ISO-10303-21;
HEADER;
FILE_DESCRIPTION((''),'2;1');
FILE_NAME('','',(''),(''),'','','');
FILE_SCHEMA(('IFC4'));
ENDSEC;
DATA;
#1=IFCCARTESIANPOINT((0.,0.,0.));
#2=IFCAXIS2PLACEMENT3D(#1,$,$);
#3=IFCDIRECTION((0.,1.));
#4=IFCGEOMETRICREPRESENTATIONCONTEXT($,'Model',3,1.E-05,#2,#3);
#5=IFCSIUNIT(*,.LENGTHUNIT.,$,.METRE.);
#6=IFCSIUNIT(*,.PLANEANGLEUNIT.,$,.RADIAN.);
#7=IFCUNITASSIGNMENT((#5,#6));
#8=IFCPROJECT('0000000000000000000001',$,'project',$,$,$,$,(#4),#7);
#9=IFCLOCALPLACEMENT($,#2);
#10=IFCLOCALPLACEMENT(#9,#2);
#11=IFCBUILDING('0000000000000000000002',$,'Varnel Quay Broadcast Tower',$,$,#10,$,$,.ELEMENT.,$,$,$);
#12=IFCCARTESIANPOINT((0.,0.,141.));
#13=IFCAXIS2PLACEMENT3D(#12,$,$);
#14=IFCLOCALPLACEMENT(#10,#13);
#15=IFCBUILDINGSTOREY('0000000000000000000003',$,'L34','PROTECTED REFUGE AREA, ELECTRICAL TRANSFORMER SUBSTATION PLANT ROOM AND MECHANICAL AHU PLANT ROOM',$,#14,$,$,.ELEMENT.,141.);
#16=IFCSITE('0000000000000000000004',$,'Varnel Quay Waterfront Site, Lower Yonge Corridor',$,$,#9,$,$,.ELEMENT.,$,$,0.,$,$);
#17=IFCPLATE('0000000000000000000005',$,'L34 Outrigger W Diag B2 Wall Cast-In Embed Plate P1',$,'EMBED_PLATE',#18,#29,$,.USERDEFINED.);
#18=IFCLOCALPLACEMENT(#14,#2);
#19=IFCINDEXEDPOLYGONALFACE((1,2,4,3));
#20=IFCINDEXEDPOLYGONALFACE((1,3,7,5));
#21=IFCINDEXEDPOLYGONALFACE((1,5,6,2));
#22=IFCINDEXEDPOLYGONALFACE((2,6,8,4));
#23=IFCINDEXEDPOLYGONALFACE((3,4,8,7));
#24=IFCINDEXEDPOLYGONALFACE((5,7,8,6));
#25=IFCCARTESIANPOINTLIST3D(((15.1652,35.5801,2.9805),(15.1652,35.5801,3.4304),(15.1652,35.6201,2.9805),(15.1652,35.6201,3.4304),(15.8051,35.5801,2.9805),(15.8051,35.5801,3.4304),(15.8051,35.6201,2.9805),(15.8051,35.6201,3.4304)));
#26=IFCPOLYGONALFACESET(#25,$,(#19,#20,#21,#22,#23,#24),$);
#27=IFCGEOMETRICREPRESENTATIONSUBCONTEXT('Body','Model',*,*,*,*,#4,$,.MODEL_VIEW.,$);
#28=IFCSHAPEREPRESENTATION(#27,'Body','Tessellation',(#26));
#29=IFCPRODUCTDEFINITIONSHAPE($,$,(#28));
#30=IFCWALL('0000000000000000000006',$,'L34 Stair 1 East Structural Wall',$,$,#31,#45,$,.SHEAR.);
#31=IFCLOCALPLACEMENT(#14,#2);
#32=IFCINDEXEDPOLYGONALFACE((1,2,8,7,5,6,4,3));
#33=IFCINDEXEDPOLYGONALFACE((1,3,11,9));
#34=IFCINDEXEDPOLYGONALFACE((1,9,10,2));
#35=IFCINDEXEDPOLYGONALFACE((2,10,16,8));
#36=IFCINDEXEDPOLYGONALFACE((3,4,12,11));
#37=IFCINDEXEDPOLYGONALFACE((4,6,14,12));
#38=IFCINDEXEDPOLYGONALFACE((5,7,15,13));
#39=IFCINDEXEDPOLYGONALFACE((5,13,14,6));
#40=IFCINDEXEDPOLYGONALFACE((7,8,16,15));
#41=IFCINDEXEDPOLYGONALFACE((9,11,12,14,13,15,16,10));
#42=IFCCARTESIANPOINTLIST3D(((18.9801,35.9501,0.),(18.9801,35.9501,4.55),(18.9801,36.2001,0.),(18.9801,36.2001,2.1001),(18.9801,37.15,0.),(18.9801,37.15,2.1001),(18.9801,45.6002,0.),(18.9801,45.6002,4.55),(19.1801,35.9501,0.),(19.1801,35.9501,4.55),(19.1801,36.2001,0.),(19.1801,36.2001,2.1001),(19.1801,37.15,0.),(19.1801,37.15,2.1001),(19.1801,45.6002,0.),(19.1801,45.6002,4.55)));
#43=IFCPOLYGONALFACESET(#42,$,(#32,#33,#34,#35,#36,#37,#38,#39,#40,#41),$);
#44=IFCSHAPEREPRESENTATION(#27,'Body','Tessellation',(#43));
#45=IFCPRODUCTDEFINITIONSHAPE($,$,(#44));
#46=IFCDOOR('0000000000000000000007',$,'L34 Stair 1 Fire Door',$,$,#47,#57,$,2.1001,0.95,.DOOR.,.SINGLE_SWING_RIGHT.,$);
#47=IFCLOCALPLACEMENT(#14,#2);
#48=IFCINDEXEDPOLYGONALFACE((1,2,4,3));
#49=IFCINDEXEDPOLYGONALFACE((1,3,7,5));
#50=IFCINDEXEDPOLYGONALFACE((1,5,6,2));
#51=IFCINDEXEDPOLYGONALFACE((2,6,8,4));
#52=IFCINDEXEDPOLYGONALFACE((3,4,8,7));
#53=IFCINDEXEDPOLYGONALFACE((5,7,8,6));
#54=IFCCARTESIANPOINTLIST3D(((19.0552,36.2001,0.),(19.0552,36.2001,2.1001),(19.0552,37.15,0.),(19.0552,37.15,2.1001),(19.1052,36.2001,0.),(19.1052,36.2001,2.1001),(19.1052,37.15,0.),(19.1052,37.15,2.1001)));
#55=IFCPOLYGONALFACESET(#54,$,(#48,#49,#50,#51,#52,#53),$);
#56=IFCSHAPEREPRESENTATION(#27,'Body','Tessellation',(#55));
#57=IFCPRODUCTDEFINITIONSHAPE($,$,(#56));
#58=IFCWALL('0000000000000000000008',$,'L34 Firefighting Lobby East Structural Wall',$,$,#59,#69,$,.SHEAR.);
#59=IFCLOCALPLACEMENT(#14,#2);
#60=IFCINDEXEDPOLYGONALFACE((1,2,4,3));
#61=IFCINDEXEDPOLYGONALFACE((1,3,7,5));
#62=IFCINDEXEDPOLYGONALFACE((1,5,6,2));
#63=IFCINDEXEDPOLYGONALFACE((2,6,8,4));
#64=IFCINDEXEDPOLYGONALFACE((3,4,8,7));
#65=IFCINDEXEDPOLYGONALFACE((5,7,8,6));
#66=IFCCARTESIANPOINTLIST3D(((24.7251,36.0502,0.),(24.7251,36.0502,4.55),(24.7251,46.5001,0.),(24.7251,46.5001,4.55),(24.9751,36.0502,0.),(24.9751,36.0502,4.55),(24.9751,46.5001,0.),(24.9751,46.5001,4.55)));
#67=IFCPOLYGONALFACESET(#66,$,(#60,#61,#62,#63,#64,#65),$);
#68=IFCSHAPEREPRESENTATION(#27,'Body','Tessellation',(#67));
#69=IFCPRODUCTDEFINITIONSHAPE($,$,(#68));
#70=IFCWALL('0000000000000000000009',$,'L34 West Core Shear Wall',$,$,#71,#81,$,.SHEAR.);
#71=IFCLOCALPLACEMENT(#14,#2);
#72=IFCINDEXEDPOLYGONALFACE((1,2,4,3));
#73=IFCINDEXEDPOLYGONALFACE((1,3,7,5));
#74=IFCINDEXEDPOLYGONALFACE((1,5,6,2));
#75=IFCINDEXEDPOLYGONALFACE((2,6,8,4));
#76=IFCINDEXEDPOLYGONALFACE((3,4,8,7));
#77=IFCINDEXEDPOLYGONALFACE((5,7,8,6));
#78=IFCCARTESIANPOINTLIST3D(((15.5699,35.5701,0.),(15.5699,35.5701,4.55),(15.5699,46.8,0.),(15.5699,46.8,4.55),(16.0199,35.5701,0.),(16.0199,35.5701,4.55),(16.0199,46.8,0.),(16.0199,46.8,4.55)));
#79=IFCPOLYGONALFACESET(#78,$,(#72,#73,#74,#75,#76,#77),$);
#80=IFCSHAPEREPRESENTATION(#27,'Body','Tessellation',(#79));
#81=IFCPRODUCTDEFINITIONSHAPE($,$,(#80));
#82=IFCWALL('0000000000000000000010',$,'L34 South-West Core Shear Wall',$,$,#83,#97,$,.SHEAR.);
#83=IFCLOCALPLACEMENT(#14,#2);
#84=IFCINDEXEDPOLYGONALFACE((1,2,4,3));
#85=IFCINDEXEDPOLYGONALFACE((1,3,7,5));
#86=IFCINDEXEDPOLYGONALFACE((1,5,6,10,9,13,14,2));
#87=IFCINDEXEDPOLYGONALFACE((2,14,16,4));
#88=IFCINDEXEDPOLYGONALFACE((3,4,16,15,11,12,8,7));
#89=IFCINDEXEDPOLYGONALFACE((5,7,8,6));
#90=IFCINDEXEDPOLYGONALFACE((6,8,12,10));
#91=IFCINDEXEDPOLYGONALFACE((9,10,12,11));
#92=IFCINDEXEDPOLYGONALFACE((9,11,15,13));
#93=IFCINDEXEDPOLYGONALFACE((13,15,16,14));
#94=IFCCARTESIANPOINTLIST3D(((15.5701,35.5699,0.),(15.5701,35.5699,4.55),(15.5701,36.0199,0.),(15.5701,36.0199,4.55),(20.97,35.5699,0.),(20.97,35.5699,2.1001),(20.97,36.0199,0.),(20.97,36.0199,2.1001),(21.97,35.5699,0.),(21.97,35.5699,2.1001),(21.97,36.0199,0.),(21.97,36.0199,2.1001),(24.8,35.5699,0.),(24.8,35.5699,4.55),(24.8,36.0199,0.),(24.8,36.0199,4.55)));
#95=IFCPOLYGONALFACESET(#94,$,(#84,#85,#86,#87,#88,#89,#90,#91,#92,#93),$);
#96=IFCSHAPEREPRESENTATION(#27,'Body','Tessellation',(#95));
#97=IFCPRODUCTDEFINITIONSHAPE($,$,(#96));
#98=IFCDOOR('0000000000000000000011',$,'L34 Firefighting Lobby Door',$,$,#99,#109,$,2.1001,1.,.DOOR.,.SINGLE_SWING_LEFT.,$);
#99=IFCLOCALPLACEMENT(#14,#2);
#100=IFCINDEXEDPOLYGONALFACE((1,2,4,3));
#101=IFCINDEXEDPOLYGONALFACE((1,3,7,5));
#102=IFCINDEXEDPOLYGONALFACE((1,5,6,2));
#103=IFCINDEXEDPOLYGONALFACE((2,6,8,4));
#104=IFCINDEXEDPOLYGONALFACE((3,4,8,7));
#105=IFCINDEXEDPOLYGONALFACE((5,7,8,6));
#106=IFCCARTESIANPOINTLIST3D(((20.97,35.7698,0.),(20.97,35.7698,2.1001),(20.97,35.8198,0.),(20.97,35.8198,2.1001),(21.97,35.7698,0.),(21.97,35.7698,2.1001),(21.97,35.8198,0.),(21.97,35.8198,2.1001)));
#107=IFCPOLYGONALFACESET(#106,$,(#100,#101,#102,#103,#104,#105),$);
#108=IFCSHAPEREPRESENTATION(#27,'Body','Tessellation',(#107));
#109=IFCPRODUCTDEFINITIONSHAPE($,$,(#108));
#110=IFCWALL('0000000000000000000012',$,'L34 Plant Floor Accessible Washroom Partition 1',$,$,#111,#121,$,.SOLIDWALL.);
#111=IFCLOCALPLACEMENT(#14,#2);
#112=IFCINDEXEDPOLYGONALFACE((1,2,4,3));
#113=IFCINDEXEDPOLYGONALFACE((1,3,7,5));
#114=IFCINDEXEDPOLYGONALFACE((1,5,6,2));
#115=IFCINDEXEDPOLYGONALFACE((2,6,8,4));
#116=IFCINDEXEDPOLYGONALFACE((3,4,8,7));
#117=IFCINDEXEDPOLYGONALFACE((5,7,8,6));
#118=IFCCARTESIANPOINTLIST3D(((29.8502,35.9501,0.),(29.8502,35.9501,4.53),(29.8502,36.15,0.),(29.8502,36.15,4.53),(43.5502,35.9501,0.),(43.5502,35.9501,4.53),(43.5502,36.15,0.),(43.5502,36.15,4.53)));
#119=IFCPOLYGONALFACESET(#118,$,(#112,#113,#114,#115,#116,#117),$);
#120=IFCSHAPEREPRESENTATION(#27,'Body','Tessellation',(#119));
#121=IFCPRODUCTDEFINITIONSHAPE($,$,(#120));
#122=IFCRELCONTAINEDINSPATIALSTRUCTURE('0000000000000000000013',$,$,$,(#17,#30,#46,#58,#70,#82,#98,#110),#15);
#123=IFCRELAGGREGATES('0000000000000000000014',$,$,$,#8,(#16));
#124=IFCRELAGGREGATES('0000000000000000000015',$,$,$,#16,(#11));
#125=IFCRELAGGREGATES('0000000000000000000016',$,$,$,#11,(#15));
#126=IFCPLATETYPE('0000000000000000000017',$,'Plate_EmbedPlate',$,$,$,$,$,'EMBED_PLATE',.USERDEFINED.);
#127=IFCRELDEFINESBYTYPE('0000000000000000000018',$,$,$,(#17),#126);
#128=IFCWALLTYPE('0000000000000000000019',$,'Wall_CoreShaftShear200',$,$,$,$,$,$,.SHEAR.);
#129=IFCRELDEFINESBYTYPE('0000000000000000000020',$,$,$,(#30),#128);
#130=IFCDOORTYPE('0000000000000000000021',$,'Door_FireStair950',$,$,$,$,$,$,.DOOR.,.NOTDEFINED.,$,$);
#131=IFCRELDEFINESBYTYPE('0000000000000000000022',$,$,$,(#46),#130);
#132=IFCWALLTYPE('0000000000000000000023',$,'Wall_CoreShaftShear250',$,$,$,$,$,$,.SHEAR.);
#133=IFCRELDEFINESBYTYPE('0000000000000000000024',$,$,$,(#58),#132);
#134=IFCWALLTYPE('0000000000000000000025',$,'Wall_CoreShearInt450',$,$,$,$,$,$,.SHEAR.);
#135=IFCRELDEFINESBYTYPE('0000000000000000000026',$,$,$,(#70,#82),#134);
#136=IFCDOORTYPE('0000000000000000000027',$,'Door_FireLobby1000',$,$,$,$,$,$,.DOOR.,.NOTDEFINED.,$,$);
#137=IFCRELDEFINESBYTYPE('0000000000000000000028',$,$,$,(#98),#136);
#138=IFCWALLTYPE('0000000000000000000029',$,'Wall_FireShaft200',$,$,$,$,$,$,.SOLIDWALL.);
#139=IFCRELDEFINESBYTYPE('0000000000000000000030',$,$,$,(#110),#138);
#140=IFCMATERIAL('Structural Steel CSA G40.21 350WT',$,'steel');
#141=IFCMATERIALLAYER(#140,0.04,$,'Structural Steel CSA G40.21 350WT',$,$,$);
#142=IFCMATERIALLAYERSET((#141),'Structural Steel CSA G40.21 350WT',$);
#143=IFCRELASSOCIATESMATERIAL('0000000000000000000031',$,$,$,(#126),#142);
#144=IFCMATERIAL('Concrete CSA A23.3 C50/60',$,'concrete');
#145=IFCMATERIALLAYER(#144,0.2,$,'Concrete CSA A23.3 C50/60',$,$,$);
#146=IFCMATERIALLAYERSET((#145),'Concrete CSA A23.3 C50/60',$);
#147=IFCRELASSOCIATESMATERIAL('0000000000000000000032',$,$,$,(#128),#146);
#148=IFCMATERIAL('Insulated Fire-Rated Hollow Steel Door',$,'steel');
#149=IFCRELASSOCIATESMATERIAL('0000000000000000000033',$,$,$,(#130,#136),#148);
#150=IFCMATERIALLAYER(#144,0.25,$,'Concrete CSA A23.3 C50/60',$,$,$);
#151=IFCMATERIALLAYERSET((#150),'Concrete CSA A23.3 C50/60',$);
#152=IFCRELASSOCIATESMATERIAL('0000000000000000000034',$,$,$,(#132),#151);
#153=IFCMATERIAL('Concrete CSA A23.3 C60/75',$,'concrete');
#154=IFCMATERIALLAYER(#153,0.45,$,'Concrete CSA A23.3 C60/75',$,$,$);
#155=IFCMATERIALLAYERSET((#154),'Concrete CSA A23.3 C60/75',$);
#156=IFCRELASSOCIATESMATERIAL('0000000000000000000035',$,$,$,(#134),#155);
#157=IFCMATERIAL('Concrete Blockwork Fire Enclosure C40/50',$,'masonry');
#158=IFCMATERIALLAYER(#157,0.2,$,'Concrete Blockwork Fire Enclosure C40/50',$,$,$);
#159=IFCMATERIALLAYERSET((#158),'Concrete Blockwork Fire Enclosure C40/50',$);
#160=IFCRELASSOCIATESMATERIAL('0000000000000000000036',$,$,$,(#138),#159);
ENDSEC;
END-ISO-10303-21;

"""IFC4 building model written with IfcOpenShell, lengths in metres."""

from ifc_helpers import new_model, si_unit, direction, frame, frame_2d, origin, origin_2d, place, context, subcontext, project, spatial, rectangle, extrude, source, transform, mapped, material, layer, layer_set, type_object, type_shapes, element, fill, save


model = new_model("IFC4")

# Units and contexts
model_context = context("Model", 3, precision=1e-05, world=origin(), true_north=direction((0.0, 1.0)))
body_context = subcontext(model_context, "Body", "Model", "MODEL_VIEW")
ifc_project = project(units=[si_unit("LENGTHUNIT", "METRE"), si_unit("PLANEANGLEUNIT", "RADIAN")], contexts=[model_context])

# Site, building, storey
site_placement = place(None, origin())
site = spatial("IfcSite", under=ifc_project, at=site_placement, Name="Varnel Quay Waterfront Site, Lower Yonge Corridor", CompositionType="ELEMENT", RefElevation=0.0)
building_placement = place(site_placement, origin())
building = spatial("IfcBuilding", under=site, at=building_placement, Name="Varnel Quay Broadcast Tower", CompositionType="ELEMENT")
storey_placement = place(building_placement, frame((0.0, 0.0, 141.0)))
storey = spatial("IfcBuildingStorey", under=building, at=storey_placement, Name="L34", Description="PROTECTED REFUGE AREA, ELECTRICAL TRANSFORMER SUBSTATION PLANT ROOM AND MECHANICAL AHU PLANT ROOM", CompositionType="ELEMENT", Elevation=141.0)

# Shared definitions
ifc_material_1 = material(Name="Structural Steel CSA G40.21 350WT", Category="steel")

# Shared definitions
ifc_material_2 = material(Name="Concrete CSA A23.3 C60/75", Category="concrete")

# Plate
ifc_layer_1 = layer(ifc_material_1, 0.04, Name="Structural Steel CSA G40.21 350WT")
ifc_layer_set_1 = layer_set([ifc_layer_1], Name="Structural Steel CSA G40.21 350WT")
plate_type = type_object("IfcPlateType", Name="Plate_EmbedPlate", ElementType="EMBED_PLATE", PredefinedType="USERDEFINED", material=ifc_layer_set_1)
shared_shape_1 = source(origin(), body_context, "Body", "SweptSolid", [
    extrude(rectangle(XDim=0.6399, YDim=0.04, at=origin_2d()), origin(), (0.0, 0.0, 1.0), 0.45),
])
type_shapes(plate_type, [shared_shape_1])
for number, where, z_axis, x_axis, name in (
    (1, (15.4851, 35.6001, 2.9805), (0.0, 0.0, 1.0), (1.0, 0.0, 0.0), "L34 Outrigger W Diag B2 Wall Cast-In Embed Plate P1"),
):
    element("IfcPlate", number, at=place(storey_placement, frame(where, z_axis=z_axis, x_axis=x_axis)), inside=storey, type_object=plate_type, Name=name, ObjectType="EMBED_PLATE", PredefinedType="USERDEFINED", context=body_context, shape_type="MappedRepresentation", body=[
        mapped(shared_shape_1, transform((0.0, 0.0, 0.0), x_axis=(1.0, 0.0, 0.0), y_axis=(0.0, 1.0, 0.0), z_axis=(0.0, 0.0, 1.0), scale=1.0)),
    ])

# Wall, opening, door
ifc_material_3 = material(Name="Concrete CSA A23.3 C50/60", Category="concrete")
ifc_layer_2 = layer(ifc_material_3, 0.2, Name="Concrete CSA A23.3 C50/60")
ifc_layer_set_2 = layer_set([ifc_layer_2], Name="Concrete CSA A23.3 C50/60")
wall_type_1 = type_object("IfcWallType", Name="Wall_CoreShaftShear200", PredefinedType="SHEAR", material=ifc_layer_set_2)
wall_1_placement = place(storey_placement, frame((19.0801, 35.95, 0.0), z_axis=(0.0, 0.0, 1.0), x_axis=(0.0, 1.0, 0.0)))
wall_1 = element("IfcWall", 2, at=wall_1_placement, inside=storey, type_object=wall_type_1, Name="L34 Stair 1 East Structural Wall", PredefinedType="SHEAR", context=body_context, shape_type="SweptSolid", body=[
    extrude(rectangle(XDim=9.6501, YDim=0.2, at=frame_2d((4.8252, 0.0))), origin(), (0.0, 0.0, 1.0), 4.55),
])
opening_1_placement = place(wall_1_placement, frame((0.25, 0.0, 0.0)))
opening_1 = element("IfcOpeningElement", 3, at=opening_1_placement, cuts=wall_1, PredefinedType="OPENING", context=body_context, shape_type="SweptSolid", body=[
    extrude(rectangle(XDim=0.95, YDim=2.1001, at=frame_2d((0.4751, 1.05))), frame((0.0, 0.1099, 0.0), z_axis=(0.0, -1.0, 0.0), x_axis=(1.0, 0.0, 0.0)), (0.0, 0.0, 1.0), 0.22),
])
ifc_material_4 = material(Name="Insulated Fire-Rated Hollow Steel Door", Category="steel")
door_type_1 = type_object("IfcDoorType", Name="Door_FireStair950", OperationType="NOTDEFINED", PredefinedType="DOOR", material=ifc_material_4)
shared_shape_2 = source(origin(), body_context, "Body", "SweptSolid", [
    extrude(rectangle(XDim=0.95, YDim=2.1001, at=frame_2d((0.4751, 1.05))), frame((0.0, 0.0249, 0.0), z_axis=(0.0, -1.0, 0.0), x_axis=(1.0, 0.0, 0.0)), (0.0, 0.0, 1.0), 0.05),
])
type_shapes(door_type_1, [shared_shape_2])
door_1_placement = place(opening_1_placement, origin())
door_1 = element("IfcDoor", 4, at=door_1_placement, inside=storey, type_object=door_type_1, Name="L34 Stair 1 Fire Door", OperationType="SINGLE_SWING_RIGHT", OverallHeight=2.1001, OverallWidth=0.95, PredefinedType="DOOR", context=body_context, shape_type="MappedRepresentation", body=[
    mapped(shared_shape_2, transform((0.0, 0.0, 0.0), x_axis=(1.0, 0.0, 0.0), y_axis=(0.0, 1.0, 0.0), z_axis=(0.0, 0.0, 1.0), scale=1.0)),
])
fill(opening_1, door_1)

# Walls
ifc_layer_3 = layer(ifc_material_3, 0.25, Name="Concrete CSA A23.3 C50/60")
ifc_layer_set_3 = layer_set([ifc_layer_3], Name="Concrete CSA A23.3 C50/60")
wall_type_2 = type_object("IfcWallType", Name="Wall_CoreShaftShear250", PredefinedType="SHEAR", material=ifc_layer_set_3)
wall_2_placement = place(storey_placement, frame((24.8501, 36.05, 0.0), z_axis=(0.0, 0.0, 1.0), x_axis=(0.0, 1.0, 0.0)))
element("IfcWall", 5, at=wall_2_placement, inside=storey, type_object=wall_type_2, Name="L34 Firefighting Lobby East Structural Wall", PredefinedType="SHEAR", context=body_context, shape_type="SweptSolid", body=[
    extrude(rectangle(XDim=10.45, YDim=0.25, at=frame_2d((5.2251, 0.0))), origin(), (0.0, 0.0, 1.0), 4.55),
])
ifc_layer_4 = layer(ifc_material_2, 0.45, Name="Concrete CSA A23.3 C60/75")
ifc_layer_set_4 = layer_set([ifc_layer_4], Name="Concrete CSA A23.3 C60/75")
wall_type_3 = type_object("IfcWallType", Name="Wall_CoreShearInt450", PredefinedType="SHEAR", material=ifc_layer_set_4)
wall_3_placement = place(storey_placement, frame((15.7949, 35.5701, 0.0), z_axis=(0.0, 0.0, 1.0), x_axis=(0.0, 1.0, 0.0)))
element("IfcWall", 6, at=wall_3_placement, inside=storey, type_object=wall_type_3, Name="L34 West Core Shear Wall", PredefinedType="SHEAR", context=body_context, shape_type="SweptSolid", body=[
    extrude(rectangle(XDim=11.23, YDim=0.45, at=frame_2d((5.615, 0.0))), origin(), (0.0, 0.0, 1.0), 4.55),
])

# Wall, opening, door
wall_4_placement = place(storey_placement, frame((15.5701, 35.7949, 0.0), z_axis=(0.0, 0.0, 1.0), x_axis=(1.0, 0.0, 0.0)))
wall_4 = element("IfcWall", 7, at=wall_4_placement, inside=storey, type_object=wall_type_3, Name="L34 South-West Core Shear Wall", PredefinedType="SHEAR", context=body_context, shape_type="SweptSolid", body=[
    extrude(rectangle(XDim=9.23, YDim=0.45, at=frame_2d((4.615, 0.0))), origin(), (0.0, 0.0, 1.0), 4.55),
])
opening_2_placement = place(wall_4_placement, frame((5.3999, 0.0, 0.0)))
opening_2 = element("IfcOpeningElement", 8, at=opening_2_placement, cuts=wall_4, PredefinedType="OPENING", context=body_context, shape_type="SweptSolid", body=[
    extrude(rectangle(XDim=1.0, YDim=2.1001, at=frame_2d((0.5, 1.05))), frame((0.0, 0.2349, 0.0), z_axis=(0.0, -1.0, 0.0), x_axis=(1.0, 0.0, 0.0)), (0.0, 0.0, 1.0), 0.47),
])
door_type_2 = type_object("IfcDoorType", Name="Door_FireLobby1000", OperationType="NOTDEFINED", PredefinedType="DOOR", material=ifc_material_4)
shared_shape_3 = source(origin(), body_context, "Body", "SweptSolid", [
    extrude(rectangle(XDim=1.0, YDim=2.1001, at=frame_2d((0.5, 1.05))), frame((0.0, 0.0249, 0.0), z_axis=(0.0, -1.0, 0.0), x_axis=(1.0, 0.0, 0.0)), (0.0, 0.0, 1.0), 0.05),
])
type_shapes(door_type_2, [shared_shape_3])
door_2_placement = place(opening_2_placement, origin())
door_2 = element("IfcDoor", 9, at=door_2_placement, inside=storey, type_object=door_type_2, Name="L34 Firefighting Lobby Door", OperationType="SINGLE_SWING_LEFT", OverallHeight=2.1001, OverallWidth=1.0, PredefinedType="DOOR", context=body_context, shape_type="MappedRepresentation", body=[
    mapped(shared_shape_3, transform((0.0, 0.0, 0.0), x_axis=(1.0, 0.0, 0.0), y_axis=(0.0, 1.0, 0.0), z_axis=(0.0, 0.0, 1.0), scale=1.0)),
])
fill(opening_2, door_2)

# Wall
ifc_material_5 = material(Name="Concrete Blockwork Fire Enclosure C40/50", Category="masonry")
ifc_layer_5 = layer(ifc_material_5, 0.2, Name="Concrete Blockwork Fire Enclosure C40/50")
ifc_layer_set_5 = layer_set([ifc_layer_5], Name="Concrete Blockwork Fire Enclosure C40/50")
wall_type_4 = type_object("IfcWallType", Name="Wall_FireShaft200", PredefinedType="SOLIDWALL", material=ifc_layer_set_5)
wall_5_placement = place(storey_placement, frame((29.8501, 36.05, 0.0), z_axis=(0.0, 0.0, 1.0), x_axis=(1.0, 0.0, 0.0)))
element("IfcWall", 10, at=wall_5_placement, inside=storey, type_object=wall_type_4, Name="L34 Plant Floor Accessible Washroom Partition 1", PredefinedType="SOLIDWALL", context=body_context, shape_type="SweptSolid", body=[
    extrude(rectangle(XDim=13.7, YDim=0.2, at=frame_2d((6.8501, 0.0))), origin(), (0.0, 0.0, 1.0), 4.53),
])

save(model, "model.ifc")
